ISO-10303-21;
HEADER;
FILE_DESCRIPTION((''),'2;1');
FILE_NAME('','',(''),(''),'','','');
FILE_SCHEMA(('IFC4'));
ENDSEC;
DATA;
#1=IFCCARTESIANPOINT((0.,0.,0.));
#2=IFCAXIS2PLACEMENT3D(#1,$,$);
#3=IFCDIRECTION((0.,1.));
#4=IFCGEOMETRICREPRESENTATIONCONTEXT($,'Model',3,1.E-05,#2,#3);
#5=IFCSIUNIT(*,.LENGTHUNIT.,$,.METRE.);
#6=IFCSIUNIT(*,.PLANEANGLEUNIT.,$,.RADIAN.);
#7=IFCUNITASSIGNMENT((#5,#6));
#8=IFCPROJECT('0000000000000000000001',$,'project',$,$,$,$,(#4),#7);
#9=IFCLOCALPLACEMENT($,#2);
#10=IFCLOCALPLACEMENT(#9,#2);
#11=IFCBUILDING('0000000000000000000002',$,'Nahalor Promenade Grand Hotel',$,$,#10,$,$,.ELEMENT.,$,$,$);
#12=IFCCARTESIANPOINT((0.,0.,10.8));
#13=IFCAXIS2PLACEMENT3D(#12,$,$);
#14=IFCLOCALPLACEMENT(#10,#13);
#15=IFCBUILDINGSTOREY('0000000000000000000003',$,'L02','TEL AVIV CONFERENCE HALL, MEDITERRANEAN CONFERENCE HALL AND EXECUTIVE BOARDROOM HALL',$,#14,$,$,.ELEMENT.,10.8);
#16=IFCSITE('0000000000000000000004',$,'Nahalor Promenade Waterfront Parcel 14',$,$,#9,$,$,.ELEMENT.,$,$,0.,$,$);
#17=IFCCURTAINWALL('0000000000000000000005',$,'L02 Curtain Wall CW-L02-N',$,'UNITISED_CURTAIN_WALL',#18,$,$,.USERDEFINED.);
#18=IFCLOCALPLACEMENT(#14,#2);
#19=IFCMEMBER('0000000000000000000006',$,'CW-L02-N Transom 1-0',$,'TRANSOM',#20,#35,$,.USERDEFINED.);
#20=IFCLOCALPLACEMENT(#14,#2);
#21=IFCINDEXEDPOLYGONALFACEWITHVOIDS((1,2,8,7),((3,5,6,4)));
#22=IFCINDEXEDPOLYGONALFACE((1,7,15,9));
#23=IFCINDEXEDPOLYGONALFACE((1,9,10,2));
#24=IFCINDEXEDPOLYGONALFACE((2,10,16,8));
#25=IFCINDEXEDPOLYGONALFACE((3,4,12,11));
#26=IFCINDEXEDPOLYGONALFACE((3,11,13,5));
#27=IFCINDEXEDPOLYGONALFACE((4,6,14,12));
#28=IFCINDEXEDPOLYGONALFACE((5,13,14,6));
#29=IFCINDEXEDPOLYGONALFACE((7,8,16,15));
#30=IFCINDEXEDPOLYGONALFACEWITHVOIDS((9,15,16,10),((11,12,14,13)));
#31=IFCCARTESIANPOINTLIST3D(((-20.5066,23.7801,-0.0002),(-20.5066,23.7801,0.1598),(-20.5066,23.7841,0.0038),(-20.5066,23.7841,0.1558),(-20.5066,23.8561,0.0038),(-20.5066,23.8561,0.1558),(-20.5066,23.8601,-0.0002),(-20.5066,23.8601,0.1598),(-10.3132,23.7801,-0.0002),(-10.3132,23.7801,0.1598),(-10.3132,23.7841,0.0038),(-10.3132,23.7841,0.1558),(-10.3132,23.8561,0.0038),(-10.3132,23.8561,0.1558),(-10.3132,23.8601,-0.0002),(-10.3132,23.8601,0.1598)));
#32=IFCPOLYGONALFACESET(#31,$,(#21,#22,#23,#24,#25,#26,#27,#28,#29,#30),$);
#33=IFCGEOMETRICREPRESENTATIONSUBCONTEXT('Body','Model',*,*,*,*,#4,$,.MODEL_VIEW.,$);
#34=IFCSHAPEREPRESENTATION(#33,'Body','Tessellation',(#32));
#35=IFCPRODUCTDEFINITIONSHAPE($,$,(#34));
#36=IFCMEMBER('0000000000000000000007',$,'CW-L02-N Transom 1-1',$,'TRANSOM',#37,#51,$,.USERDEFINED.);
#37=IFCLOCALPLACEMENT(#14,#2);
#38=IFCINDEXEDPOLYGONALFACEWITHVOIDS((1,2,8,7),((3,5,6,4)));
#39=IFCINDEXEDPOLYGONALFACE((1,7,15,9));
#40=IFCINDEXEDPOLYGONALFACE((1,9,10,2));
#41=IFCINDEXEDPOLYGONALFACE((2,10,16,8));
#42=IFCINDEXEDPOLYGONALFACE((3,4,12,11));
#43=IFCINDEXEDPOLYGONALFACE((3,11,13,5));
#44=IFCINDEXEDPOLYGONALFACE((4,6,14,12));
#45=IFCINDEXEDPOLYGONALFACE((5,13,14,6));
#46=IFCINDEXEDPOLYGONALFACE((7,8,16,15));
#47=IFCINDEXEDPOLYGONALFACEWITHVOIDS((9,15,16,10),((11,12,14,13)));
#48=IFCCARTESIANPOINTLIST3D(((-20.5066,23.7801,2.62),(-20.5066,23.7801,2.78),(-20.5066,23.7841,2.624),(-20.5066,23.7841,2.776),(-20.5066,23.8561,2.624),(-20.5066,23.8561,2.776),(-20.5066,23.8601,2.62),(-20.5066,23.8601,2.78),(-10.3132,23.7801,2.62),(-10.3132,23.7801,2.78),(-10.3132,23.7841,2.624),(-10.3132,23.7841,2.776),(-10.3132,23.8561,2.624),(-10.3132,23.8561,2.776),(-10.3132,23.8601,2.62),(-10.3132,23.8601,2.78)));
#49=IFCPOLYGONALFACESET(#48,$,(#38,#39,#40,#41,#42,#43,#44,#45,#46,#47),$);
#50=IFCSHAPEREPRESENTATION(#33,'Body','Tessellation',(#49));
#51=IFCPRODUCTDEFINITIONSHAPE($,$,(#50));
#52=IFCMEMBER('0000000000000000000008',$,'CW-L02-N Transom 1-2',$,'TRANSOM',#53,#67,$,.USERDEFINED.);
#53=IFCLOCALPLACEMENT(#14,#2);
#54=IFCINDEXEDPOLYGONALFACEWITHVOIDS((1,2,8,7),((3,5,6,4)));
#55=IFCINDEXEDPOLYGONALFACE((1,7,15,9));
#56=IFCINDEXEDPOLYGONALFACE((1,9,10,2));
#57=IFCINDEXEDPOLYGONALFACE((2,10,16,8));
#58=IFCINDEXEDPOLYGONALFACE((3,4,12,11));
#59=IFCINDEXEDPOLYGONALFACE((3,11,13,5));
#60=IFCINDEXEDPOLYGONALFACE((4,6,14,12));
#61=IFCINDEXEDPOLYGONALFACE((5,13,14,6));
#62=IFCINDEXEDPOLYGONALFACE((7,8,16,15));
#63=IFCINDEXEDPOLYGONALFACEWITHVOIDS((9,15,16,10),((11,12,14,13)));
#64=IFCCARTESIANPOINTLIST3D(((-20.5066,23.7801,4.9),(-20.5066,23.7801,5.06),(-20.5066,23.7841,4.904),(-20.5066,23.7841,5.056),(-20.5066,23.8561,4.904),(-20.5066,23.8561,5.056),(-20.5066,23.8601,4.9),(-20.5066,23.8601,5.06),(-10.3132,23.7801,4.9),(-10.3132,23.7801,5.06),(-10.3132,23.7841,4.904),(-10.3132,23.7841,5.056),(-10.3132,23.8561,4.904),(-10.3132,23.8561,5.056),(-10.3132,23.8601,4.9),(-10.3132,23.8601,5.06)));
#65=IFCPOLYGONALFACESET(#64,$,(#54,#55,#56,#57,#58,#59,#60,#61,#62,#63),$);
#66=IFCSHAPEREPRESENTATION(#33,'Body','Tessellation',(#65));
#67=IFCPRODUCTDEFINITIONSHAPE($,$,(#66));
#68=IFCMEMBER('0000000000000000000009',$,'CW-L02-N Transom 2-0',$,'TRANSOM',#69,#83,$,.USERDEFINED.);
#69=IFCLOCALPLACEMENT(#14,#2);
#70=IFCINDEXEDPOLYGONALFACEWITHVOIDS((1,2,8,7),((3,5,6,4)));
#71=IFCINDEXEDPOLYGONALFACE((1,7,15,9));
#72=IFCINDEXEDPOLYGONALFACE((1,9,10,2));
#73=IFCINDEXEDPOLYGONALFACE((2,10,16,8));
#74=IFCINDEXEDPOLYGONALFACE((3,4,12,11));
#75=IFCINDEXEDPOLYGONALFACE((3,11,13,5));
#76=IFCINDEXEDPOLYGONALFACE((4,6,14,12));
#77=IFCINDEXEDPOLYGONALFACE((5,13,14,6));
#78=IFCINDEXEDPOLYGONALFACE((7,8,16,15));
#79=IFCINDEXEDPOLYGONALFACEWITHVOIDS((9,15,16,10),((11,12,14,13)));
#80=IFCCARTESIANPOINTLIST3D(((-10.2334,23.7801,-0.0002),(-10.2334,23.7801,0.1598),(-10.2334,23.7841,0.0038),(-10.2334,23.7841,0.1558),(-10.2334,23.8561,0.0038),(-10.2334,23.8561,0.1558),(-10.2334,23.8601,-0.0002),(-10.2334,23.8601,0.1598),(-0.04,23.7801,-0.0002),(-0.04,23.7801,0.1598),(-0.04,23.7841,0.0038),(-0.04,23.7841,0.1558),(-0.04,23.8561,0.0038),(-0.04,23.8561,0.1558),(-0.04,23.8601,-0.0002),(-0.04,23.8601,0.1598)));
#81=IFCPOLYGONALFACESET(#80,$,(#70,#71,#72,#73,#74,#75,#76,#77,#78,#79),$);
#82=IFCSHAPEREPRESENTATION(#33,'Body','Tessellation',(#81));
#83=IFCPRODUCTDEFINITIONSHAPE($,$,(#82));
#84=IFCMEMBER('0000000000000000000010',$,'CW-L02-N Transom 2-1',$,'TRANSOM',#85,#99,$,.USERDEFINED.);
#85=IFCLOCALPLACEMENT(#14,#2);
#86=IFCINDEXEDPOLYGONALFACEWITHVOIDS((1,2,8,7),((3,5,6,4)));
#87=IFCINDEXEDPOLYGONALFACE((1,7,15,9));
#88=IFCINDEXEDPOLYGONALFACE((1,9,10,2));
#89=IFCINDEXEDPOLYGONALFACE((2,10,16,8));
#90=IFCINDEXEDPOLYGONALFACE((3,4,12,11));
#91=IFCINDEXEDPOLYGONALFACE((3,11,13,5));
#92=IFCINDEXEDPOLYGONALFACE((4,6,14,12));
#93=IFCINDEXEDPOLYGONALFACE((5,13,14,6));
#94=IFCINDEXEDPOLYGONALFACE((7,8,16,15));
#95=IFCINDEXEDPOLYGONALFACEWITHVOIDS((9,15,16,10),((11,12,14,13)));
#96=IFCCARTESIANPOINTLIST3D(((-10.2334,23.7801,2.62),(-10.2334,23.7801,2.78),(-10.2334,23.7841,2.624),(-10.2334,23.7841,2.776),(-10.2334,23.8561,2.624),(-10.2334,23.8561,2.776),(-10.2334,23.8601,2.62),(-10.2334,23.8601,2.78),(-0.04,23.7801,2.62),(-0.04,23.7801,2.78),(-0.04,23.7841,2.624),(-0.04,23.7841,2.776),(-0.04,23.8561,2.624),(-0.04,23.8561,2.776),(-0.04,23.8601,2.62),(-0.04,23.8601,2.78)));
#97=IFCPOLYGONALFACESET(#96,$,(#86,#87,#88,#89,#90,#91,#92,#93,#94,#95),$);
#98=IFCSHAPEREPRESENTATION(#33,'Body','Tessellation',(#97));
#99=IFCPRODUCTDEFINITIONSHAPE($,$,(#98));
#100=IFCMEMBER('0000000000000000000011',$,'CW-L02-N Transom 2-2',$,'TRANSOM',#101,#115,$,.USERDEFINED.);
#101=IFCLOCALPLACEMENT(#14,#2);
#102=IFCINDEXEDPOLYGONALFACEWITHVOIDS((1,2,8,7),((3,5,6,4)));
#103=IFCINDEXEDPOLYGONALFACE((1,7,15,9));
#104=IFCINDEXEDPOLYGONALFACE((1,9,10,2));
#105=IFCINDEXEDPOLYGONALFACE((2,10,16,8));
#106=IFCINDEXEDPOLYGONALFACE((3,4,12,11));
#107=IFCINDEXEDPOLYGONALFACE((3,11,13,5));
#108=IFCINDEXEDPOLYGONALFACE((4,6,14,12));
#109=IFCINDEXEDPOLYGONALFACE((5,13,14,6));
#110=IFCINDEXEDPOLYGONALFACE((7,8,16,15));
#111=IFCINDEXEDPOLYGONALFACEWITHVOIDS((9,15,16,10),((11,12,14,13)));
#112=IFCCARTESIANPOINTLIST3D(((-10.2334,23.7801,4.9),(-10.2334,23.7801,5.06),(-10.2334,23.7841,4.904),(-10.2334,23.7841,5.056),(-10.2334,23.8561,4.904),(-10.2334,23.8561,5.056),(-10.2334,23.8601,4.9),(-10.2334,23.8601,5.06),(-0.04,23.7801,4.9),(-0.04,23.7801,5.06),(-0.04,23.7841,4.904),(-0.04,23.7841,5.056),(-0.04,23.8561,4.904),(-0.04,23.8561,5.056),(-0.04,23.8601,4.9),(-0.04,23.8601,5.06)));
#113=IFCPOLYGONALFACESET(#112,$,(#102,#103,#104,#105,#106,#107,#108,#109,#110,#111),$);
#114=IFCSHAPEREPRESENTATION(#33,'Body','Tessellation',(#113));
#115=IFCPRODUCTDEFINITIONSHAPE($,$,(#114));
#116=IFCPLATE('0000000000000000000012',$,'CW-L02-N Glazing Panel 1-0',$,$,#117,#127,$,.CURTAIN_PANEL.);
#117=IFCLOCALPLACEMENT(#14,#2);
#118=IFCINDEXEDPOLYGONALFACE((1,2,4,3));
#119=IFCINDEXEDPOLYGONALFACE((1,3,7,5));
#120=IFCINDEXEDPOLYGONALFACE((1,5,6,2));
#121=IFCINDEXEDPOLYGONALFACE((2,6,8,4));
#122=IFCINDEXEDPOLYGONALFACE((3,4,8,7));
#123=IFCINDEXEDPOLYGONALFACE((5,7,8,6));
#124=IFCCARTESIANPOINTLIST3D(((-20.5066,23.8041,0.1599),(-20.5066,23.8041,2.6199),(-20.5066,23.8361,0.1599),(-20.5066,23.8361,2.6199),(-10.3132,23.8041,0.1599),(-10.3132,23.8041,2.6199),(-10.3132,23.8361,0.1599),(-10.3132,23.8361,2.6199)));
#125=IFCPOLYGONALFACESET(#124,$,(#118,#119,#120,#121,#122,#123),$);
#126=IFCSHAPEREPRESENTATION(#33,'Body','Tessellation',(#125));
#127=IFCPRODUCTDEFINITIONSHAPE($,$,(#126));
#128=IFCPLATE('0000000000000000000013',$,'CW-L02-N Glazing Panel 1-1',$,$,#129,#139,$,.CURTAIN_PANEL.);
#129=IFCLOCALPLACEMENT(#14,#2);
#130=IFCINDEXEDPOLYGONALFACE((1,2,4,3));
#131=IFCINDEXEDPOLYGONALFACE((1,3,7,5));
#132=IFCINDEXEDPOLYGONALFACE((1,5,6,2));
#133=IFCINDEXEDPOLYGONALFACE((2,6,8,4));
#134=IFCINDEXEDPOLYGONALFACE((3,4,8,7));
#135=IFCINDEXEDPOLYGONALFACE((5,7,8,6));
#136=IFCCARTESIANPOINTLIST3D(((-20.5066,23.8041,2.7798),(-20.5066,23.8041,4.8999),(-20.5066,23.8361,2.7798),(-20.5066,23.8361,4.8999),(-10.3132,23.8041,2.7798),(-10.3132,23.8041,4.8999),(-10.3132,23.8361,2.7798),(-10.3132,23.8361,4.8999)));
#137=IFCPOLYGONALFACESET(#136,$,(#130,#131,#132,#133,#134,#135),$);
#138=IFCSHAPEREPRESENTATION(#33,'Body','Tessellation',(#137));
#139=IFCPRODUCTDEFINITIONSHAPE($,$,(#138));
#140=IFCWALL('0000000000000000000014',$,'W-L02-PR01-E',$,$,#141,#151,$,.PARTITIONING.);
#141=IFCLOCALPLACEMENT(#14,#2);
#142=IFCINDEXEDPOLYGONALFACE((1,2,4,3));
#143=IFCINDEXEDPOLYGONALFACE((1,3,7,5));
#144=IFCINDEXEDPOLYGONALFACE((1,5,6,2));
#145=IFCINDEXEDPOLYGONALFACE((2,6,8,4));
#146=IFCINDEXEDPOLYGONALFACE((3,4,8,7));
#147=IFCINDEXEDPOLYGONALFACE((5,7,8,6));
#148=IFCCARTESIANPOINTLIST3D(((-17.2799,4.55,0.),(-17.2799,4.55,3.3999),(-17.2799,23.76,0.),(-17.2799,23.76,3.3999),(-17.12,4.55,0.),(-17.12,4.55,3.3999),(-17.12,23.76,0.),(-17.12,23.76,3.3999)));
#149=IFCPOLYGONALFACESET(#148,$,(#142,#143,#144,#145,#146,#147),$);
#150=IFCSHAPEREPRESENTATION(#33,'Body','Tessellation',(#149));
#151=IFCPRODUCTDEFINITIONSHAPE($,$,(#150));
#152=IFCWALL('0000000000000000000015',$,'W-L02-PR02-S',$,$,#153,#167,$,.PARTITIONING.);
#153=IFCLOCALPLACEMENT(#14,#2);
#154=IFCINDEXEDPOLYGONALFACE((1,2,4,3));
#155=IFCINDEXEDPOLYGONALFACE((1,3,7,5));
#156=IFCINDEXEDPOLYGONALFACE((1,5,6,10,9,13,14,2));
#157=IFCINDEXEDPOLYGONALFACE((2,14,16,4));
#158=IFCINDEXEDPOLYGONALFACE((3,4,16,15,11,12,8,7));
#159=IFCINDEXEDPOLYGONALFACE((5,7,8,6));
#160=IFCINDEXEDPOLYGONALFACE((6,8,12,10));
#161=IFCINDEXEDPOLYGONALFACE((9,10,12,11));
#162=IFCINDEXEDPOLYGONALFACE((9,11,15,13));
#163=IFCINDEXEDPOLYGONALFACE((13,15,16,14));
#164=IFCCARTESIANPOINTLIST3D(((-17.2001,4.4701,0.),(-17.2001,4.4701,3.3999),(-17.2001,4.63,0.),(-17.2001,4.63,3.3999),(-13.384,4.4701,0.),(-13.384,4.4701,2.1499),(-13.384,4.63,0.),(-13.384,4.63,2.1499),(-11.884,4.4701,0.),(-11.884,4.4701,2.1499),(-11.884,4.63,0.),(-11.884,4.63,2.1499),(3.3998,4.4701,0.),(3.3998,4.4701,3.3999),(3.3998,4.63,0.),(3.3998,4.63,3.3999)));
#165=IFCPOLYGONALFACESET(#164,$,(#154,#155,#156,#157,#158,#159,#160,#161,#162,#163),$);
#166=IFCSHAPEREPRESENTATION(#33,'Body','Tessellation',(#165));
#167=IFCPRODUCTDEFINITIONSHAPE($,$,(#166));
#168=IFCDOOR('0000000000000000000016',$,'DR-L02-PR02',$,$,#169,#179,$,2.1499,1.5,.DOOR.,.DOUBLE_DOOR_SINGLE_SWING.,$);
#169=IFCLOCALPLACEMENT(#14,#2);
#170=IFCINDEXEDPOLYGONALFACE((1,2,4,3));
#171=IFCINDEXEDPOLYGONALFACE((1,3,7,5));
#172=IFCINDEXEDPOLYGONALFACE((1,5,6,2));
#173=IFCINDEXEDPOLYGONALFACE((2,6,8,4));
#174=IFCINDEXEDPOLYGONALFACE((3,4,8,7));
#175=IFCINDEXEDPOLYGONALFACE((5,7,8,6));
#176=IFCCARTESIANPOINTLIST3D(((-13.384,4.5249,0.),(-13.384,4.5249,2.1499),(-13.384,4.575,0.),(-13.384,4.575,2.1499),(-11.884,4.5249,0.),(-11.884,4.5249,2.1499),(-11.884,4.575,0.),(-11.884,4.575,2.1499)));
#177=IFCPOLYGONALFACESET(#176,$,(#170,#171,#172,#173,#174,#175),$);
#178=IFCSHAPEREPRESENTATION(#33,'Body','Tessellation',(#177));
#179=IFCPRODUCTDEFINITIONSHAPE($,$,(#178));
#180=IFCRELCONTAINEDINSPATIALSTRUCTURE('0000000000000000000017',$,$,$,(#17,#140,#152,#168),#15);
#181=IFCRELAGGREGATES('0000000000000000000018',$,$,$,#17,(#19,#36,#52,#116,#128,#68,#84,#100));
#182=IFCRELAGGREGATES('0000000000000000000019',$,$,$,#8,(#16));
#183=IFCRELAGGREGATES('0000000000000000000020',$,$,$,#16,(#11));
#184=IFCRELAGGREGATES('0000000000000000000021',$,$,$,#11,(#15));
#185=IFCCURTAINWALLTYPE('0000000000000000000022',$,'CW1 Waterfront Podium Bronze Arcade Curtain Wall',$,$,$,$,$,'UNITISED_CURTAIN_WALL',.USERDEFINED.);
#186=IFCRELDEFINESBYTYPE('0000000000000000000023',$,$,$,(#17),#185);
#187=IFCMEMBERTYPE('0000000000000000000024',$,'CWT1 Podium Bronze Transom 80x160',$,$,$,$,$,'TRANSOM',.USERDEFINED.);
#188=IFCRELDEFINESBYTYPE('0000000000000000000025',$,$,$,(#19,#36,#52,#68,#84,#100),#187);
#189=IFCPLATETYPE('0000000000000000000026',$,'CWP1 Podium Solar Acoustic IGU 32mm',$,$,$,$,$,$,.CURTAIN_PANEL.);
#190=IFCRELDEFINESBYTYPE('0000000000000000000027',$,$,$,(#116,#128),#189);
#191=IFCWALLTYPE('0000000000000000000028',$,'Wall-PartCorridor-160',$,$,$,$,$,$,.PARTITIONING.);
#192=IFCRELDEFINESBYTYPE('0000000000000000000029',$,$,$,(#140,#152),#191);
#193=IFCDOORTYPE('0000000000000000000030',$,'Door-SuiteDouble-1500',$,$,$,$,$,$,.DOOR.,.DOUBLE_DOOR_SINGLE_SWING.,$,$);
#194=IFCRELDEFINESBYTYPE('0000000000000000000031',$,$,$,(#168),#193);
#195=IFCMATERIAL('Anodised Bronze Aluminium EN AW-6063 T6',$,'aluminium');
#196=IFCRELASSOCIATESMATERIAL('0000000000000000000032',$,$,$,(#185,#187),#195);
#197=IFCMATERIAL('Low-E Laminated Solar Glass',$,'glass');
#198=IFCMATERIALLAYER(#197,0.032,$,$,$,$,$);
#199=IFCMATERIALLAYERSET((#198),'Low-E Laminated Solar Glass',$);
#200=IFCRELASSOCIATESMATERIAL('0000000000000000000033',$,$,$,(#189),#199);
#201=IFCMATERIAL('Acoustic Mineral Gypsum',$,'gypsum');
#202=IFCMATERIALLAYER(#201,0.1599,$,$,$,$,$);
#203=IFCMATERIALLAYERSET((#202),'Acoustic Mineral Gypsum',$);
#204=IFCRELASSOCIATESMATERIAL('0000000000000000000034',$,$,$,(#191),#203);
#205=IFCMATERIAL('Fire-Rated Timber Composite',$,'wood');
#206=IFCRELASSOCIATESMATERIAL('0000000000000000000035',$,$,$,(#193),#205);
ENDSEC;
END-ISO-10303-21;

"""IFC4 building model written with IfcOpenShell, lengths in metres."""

from ifc_helpers import new_model, si_unit, direction, frame, frame_2d, origin, origin_2d, place, context, subcontext, project, spatial, rectangle, hollow_rectangle, extrude, source, transform, mapped, material, layer, layer_set, material_profile, profile_set, type_object, element, fill, aggregate, save


model = new_model("IFC4")

# Units and contexts
model_context = context("Model", 3, precision=1e-05, world=origin(), true_north=direction((0.0, 1.0)))
body_context = subcontext(model_context, "Body", "Model", "MODEL_VIEW")
ifc_project = project(units=[si_unit("LENGTHUNIT", "METRE"), si_unit("PLANEANGLEUNIT", "RADIAN")], contexts=[model_context])

# Site, building, storey
site_placement = place(None, origin())
site = spatial("IfcSite", under=ifc_project, at=site_placement, Name="Nahalor Promenade Waterfront Parcel 14", CompositionType="ELEMENT", RefElevation=0.0)
building_placement = place(site_placement, origin())
building = spatial("IfcBuilding", under=site, at=building_placement, Name="Nahalor Promenade Grand Hotel", CompositionType="ELEMENT")
storey_placement = place(building_placement, frame((0.0, 0.0, 10.8)))
storey = spatial("IfcBuildingStorey", under=building, at=storey_placement, Name="L02", Description="TEL AVIV CONFERENCE HALL, MEDITERRANEAN CONFERENCE HALL AND EXECUTIVE BOARDROOM HALL", CompositionType="ELEMENT", Elevation=10.8)

# Curtain wall, members, plates
ifc_material_1 = material(Name="Anodised Bronze Aluminium EN AW-6063 T6", Category="aluminium")
curtain_wall_type = type_object("IfcCurtainWallType", Name="CW1 Waterfront Podium Bronze Arcade Curtain Wall", ElementType="UNITISED_CURTAIN_WALL", PredefinedType="USERDEFINED", material=ifc_material_1)
curtain_wall_placement = place(storey_placement, origin())
curtain_wall = element("IfcCurtainWall", 1, at=curtain_wall_placement, inside=storey, type_object=curtain_wall_type, Name="L02 Curtain Wall CW-L02-N", ObjectType="UNITISED_CURTAIN_WALL", PredefinedType="USERDEFINED")
ifc_material_profile_1 = material_profile(ifc_material_1, hollow_rectangle(XDim=0.08, YDim=0.16, WallThickness=0.004, at=origin_2d()), Name="CWT 80x160x4")
ifc_profile_set_1 = profile_set([ifc_material_profile_1], Name="Anodised Bronze Aluminium EN AW-6063 T6")
member_type_1 = type_object("IfcMemberType", Name="CWT1 Podium Bronze Transom 80x160", ElementType="TRANSOM", PredefinedType="USERDEFINED", material=ifc_profile_set_1)
shared_shape_1 = source(origin(), body_context, "Body", "SweptSolid", [
    extrude(hollow_rectangle(XDim=0.08, YDim=0.16, WallThickness=0.004, at=origin_2d()), origin(), (0.0, 0.0, 1.0), 10.1934),
])
member_1_placement = place(storey_placement, frame((-20.5066, 23.8201, 0.0798), z_axis=(1.0, 0.0, 0.0), x_axis=(0.0, 1.0, 0.0)))
member_1 = element("IfcMember", 2, at=member_1_placement, type_object=member_type_1, Name="CW-L02-N Transom 1-0", ObjectType="TRANSOM", PredefinedType="USERDEFINED", context=body_context, shape_type="MappedRepresentation", body=[
    mapped(shared_shape_1, transform((0.0, 0.0, 0.0), scale=1.0)),
])
member_2_placement = place(storey_placement, frame((-20.5066, 23.8201, 2.7), z_axis=(1.0, 0.0, 0.0), x_axis=(0.0, 1.0, 0.0)))
member_2 = element("IfcMember", 3, at=member_2_placement, type_object=member_type_1, Name="CW-L02-N Transom 1-1", ObjectType="TRANSOM", PredefinedType="USERDEFINED", context=body_context, shape_type="MappedRepresentation", body=[
    mapped(shared_shape_1, transform((0.0, 0.0, 0.0), scale=1.0)),
])
member_3_placement = place(storey_placement, frame((-20.5066, 23.8201, 4.98), z_axis=(1.0, 0.0, 0.0), x_axis=(0.0, 1.0, 0.0)))
member_3 = element("IfcMember", 4, at=member_3_placement, type_object=member_type_1, Name="CW-L02-N Transom 1-2", ObjectType="TRANSOM", PredefinedType="USERDEFINED", context=body_context, shape_type="MappedRepresentation", body=[
    mapped(shared_shape_1, transform((0.0, 0.0, 0.0), scale=1.0)),
])
member_4_placement = place(storey_placement, frame((-10.2334, 23.8201, 0.0798), z_axis=(1.0, 0.0, 0.0), x_axis=(0.0, 1.0, 0.0)))
member_4 = element("IfcMember", 5, at=member_4_placement, type_object=member_type_1, Name="CW-L02-N Transom 2-0", ObjectType="TRANSOM", PredefinedType="USERDEFINED", context=body_context, shape_type="MappedRepresentation", body=[
    mapped(shared_shape_1, transform((0.0, 0.0, 0.0), scale=1.0)),
])
member_5_placement = place(storey_placement, frame((-10.2334, 23.8201, 2.7), z_axis=(1.0, 0.0, 0.0), x_axis=(0.0, 1.0, 0.0)))
member_5 = element("IfcMember", 6, at=member_5_placement, type_object=member_type_1, Name="CW-L02-N Transom 2-1", ObjectType="TRANSOM", PredefinedType="USERDEFINED", context=body_context, shape_type="MappedRepresentation", body=[
    mapped(shared_shape_1, transform((0.0, 0.0, 0.0), scale=1.0)),
])
member_6_placement = place(storey_placement, frame((-10.2334, 23.8201, 4.98), z_axis=(1.0, 0.0, 0.0), x_axis=(0.0, 1.0, 0.0)))
member_6 = element("IfcMember", 7, at=member_6_placement, type_object=member_type_1, Name="CW-L02-N Transom 2-2", ObjectType="TRANSOM", PredefinedType="USERDEFINED", context=body_context, shape_type="MappedRepresentation", body=[
    mapped(shared_shape_1, transform((0.0, 0.0, 0.0), scale=1.0)),
])
ifc_material_2 = material(Name="Low-E Laminated Solar Glass", Category="glass")
ifc_layer_1 = layer(ifc_material_2, 0.032)
ifc_layer_set_1 = layer_set([ifc_layer_1], Name="Low-E Laminated Solar Glass")
plate_type = type_object("IfcPlateType", Name="CWP1 Podium Solar Acoustic IGU 32mm", PredefinedType="CURTAIN_PANEL", material=ifc_layer_set_1)
shared_shape_2 = source(origin(), body_context, "Body", "SweptSolid", [
    extrude(rectangle(XDim=10.1934, YDim=0.032, at=origin_2d()), origin(), (0.0, 0.0, 1.0), 2.46),
])
plate_1_placement = place(storey_placement, frame((-15.4099, 23.8201, 0.1599), z_axis=(0.0, 0.0, 1.0), x_axis=(1.0, 0.0, 0.0)))
plate_1 = element("IfcPlate", 8, at=plate_1_placement, type_object=plate_type, Name="CW-L02-N Glazing Panel 1-0", PredefinedType="CURTAIN_PANEL", context=body_context, shape_type="MappedRepresentation", body=[
    mapped(shared_shape_2, transform((0.0, 0.0, 0.0), scale=1.0)),
])
shared_shape_3 = source(origin(), body_context, "Body", "SweptSolid", [
    extrude(rectangle(XDim=10.1934, YDim=0.032, at=origin_2d()), origin(), (0.0, 0.0, 1.0), 2.1201),
])
plate_2_placement = place(storey_placement, frame((-15.4099, 23.8201, 2.7798), z_axis=(0.0, 0.0, 1.0), x_axis=(1.0, 0.0, 0.0)))
plate_2 = element("IfcPlate", 9, at=plate_2_placement, type_object=plate_type, Name="CW-L02-N Glazing Panel 1-1", PredefinedType="CURTAIN_PANEL", context=body_context, shape_type="MappedRepresentation", body=[
    mapped(shared_shape_3, transform((0.0, 0.0, 0.0), scale=1.0)),
])
aggregate(curtain_wall, [member_1, member_2, member_3, plate_1, plate_2, member_4, member_5, member_6])

# Wall
ifc_material_3 = material(Name="Acoustic Mineral Gypsum", Category="gypsum")
ifc_layer_2 = layer(ifc_material_3, 0.1599)
ifc_layer_set_2 = layer_set([ifc_layer_2], Name="Acoustic Mineral Gypsum")
wall_type = type_object("IfcWallType", Name="Wall-PartCorridor-160", PredefinedType="PARTITIONING", material=ifc_layer_set_2)
shared_shape_4 = source(origin(), body_context, "Body", "SweptSolid", [
    extrude(rectangle(XDim=19.21, YDim=0.1599, at=frame_2d((9.605, 0.0))), origin(), (0.0, 0.0, 1.0), 3.3999),
])
wall_1_placement = place(storey_placement, frame((-17.2, 4.55, 0.0), z_axis=(0.0, 0.0, 1.0), x_axis=(0.0, 1.0, 0.0)))
element("IfcWall", 10, at=wall_1_placement, inside=storey, type_object=wall_type, Name="W-L02-PR01-E", PredefinedType="PARTITIONING", context=body_context, shape_type="MappedRepresentation", body=[
    mapped(shared_shape_4, transform((0.0, 0.0, 0.0), scale=1.0)),
])

# Wall, opening, door
shared_shape_5 = source(origin(), body_context, "Body", "SweptSolid", [
    extrude(rectangle(XDim=20.5999, YDim=0.1599, at=frame_2d((10.2998, 0.0))), origin(), (0.0, 0.0, 1.0), 3.3999),
])
wall_2_placement = place(storey_placement, frame((-17.2, 4.55, 0.0), z_axis=(0.0, 0.0, 1.0), x_axis=(1.0, 0.0, 0.0)))
wall_2 = element("IfcWall", 11, at=wall_2_placement, inside=storey, type_object=wall_type, Name="W-L02-PR02-S", PredefinedType="PARTITIONING", context=body_context, shape_type="MappedRepresentation", body=[
    mapped(shared_shape_5, transform((0.0, 0.0, 0.0), scale=1.0)),
])
opening_1_placement = place(wall_2_placement, frame((3.8159, 0.0, 0.0)))
opening_1 = element("IfcOpeningElement", 12, at=opening_1_placement, cuts=wall_2, PredefinedType="OPENING", context=body_context, shape_type="SweptSolid", body=[
    extrude(rectangle(XDim=1.5, YDim=2.1499, at=frame_2d((0.75, 1.075))), frame((0.0, 0.0898, 0.0), z_axis=(0.0, -1.0, 0.0), x_axis=(1.0, 0.0, 0.0)), (0.0, 0.0, 1.0), 0.1799),
])
ifc_material_4 = material(Name="Fire-Rated Timber Composite", Category="wood")
door_type = type_object("IfcDoorType", Name="Door-SuiteDouble-1500", OperationType="DOUBLE_DOOR_SINGLE_SWING", PredefinedType="DOOR", material=ifc_material_4)
shared_shape_6 = source(origin(), body_context, "Body", "SweptSolid", [
    extrude(rectangle(XDim=1.5, YDim=2.1499, at=frame_2d((0.75, 1.075))), frame((0.0, 0.0249, 0.0), z_axis=(0.0, -1.0, 0.0), x_axis=(1.0, 0.0, 0.0)), (0.0, 0.0, 1.0), 0.05),
])
door_1_placement = place(opening_1_placement, origin())
door_1 = element("IfcDoor", 13, at=door_1_placement, inside=storey, type_object=door_type, Name="DR-L02-PR02", OperationType="DOUBLE_DOOR_SINGLE_SWING", OverallHeight=2.1499, OverallWidth=1.5, PredefinedType="DOOR", context=body_context, shape_type="MappedRepresentation", body=[
    mapped(shared_shape_6, transform((0.0, 0.0, 0.0), scale=1.0)),
])
fill(opening_1, door_1)

save(model, "model.ifc")
